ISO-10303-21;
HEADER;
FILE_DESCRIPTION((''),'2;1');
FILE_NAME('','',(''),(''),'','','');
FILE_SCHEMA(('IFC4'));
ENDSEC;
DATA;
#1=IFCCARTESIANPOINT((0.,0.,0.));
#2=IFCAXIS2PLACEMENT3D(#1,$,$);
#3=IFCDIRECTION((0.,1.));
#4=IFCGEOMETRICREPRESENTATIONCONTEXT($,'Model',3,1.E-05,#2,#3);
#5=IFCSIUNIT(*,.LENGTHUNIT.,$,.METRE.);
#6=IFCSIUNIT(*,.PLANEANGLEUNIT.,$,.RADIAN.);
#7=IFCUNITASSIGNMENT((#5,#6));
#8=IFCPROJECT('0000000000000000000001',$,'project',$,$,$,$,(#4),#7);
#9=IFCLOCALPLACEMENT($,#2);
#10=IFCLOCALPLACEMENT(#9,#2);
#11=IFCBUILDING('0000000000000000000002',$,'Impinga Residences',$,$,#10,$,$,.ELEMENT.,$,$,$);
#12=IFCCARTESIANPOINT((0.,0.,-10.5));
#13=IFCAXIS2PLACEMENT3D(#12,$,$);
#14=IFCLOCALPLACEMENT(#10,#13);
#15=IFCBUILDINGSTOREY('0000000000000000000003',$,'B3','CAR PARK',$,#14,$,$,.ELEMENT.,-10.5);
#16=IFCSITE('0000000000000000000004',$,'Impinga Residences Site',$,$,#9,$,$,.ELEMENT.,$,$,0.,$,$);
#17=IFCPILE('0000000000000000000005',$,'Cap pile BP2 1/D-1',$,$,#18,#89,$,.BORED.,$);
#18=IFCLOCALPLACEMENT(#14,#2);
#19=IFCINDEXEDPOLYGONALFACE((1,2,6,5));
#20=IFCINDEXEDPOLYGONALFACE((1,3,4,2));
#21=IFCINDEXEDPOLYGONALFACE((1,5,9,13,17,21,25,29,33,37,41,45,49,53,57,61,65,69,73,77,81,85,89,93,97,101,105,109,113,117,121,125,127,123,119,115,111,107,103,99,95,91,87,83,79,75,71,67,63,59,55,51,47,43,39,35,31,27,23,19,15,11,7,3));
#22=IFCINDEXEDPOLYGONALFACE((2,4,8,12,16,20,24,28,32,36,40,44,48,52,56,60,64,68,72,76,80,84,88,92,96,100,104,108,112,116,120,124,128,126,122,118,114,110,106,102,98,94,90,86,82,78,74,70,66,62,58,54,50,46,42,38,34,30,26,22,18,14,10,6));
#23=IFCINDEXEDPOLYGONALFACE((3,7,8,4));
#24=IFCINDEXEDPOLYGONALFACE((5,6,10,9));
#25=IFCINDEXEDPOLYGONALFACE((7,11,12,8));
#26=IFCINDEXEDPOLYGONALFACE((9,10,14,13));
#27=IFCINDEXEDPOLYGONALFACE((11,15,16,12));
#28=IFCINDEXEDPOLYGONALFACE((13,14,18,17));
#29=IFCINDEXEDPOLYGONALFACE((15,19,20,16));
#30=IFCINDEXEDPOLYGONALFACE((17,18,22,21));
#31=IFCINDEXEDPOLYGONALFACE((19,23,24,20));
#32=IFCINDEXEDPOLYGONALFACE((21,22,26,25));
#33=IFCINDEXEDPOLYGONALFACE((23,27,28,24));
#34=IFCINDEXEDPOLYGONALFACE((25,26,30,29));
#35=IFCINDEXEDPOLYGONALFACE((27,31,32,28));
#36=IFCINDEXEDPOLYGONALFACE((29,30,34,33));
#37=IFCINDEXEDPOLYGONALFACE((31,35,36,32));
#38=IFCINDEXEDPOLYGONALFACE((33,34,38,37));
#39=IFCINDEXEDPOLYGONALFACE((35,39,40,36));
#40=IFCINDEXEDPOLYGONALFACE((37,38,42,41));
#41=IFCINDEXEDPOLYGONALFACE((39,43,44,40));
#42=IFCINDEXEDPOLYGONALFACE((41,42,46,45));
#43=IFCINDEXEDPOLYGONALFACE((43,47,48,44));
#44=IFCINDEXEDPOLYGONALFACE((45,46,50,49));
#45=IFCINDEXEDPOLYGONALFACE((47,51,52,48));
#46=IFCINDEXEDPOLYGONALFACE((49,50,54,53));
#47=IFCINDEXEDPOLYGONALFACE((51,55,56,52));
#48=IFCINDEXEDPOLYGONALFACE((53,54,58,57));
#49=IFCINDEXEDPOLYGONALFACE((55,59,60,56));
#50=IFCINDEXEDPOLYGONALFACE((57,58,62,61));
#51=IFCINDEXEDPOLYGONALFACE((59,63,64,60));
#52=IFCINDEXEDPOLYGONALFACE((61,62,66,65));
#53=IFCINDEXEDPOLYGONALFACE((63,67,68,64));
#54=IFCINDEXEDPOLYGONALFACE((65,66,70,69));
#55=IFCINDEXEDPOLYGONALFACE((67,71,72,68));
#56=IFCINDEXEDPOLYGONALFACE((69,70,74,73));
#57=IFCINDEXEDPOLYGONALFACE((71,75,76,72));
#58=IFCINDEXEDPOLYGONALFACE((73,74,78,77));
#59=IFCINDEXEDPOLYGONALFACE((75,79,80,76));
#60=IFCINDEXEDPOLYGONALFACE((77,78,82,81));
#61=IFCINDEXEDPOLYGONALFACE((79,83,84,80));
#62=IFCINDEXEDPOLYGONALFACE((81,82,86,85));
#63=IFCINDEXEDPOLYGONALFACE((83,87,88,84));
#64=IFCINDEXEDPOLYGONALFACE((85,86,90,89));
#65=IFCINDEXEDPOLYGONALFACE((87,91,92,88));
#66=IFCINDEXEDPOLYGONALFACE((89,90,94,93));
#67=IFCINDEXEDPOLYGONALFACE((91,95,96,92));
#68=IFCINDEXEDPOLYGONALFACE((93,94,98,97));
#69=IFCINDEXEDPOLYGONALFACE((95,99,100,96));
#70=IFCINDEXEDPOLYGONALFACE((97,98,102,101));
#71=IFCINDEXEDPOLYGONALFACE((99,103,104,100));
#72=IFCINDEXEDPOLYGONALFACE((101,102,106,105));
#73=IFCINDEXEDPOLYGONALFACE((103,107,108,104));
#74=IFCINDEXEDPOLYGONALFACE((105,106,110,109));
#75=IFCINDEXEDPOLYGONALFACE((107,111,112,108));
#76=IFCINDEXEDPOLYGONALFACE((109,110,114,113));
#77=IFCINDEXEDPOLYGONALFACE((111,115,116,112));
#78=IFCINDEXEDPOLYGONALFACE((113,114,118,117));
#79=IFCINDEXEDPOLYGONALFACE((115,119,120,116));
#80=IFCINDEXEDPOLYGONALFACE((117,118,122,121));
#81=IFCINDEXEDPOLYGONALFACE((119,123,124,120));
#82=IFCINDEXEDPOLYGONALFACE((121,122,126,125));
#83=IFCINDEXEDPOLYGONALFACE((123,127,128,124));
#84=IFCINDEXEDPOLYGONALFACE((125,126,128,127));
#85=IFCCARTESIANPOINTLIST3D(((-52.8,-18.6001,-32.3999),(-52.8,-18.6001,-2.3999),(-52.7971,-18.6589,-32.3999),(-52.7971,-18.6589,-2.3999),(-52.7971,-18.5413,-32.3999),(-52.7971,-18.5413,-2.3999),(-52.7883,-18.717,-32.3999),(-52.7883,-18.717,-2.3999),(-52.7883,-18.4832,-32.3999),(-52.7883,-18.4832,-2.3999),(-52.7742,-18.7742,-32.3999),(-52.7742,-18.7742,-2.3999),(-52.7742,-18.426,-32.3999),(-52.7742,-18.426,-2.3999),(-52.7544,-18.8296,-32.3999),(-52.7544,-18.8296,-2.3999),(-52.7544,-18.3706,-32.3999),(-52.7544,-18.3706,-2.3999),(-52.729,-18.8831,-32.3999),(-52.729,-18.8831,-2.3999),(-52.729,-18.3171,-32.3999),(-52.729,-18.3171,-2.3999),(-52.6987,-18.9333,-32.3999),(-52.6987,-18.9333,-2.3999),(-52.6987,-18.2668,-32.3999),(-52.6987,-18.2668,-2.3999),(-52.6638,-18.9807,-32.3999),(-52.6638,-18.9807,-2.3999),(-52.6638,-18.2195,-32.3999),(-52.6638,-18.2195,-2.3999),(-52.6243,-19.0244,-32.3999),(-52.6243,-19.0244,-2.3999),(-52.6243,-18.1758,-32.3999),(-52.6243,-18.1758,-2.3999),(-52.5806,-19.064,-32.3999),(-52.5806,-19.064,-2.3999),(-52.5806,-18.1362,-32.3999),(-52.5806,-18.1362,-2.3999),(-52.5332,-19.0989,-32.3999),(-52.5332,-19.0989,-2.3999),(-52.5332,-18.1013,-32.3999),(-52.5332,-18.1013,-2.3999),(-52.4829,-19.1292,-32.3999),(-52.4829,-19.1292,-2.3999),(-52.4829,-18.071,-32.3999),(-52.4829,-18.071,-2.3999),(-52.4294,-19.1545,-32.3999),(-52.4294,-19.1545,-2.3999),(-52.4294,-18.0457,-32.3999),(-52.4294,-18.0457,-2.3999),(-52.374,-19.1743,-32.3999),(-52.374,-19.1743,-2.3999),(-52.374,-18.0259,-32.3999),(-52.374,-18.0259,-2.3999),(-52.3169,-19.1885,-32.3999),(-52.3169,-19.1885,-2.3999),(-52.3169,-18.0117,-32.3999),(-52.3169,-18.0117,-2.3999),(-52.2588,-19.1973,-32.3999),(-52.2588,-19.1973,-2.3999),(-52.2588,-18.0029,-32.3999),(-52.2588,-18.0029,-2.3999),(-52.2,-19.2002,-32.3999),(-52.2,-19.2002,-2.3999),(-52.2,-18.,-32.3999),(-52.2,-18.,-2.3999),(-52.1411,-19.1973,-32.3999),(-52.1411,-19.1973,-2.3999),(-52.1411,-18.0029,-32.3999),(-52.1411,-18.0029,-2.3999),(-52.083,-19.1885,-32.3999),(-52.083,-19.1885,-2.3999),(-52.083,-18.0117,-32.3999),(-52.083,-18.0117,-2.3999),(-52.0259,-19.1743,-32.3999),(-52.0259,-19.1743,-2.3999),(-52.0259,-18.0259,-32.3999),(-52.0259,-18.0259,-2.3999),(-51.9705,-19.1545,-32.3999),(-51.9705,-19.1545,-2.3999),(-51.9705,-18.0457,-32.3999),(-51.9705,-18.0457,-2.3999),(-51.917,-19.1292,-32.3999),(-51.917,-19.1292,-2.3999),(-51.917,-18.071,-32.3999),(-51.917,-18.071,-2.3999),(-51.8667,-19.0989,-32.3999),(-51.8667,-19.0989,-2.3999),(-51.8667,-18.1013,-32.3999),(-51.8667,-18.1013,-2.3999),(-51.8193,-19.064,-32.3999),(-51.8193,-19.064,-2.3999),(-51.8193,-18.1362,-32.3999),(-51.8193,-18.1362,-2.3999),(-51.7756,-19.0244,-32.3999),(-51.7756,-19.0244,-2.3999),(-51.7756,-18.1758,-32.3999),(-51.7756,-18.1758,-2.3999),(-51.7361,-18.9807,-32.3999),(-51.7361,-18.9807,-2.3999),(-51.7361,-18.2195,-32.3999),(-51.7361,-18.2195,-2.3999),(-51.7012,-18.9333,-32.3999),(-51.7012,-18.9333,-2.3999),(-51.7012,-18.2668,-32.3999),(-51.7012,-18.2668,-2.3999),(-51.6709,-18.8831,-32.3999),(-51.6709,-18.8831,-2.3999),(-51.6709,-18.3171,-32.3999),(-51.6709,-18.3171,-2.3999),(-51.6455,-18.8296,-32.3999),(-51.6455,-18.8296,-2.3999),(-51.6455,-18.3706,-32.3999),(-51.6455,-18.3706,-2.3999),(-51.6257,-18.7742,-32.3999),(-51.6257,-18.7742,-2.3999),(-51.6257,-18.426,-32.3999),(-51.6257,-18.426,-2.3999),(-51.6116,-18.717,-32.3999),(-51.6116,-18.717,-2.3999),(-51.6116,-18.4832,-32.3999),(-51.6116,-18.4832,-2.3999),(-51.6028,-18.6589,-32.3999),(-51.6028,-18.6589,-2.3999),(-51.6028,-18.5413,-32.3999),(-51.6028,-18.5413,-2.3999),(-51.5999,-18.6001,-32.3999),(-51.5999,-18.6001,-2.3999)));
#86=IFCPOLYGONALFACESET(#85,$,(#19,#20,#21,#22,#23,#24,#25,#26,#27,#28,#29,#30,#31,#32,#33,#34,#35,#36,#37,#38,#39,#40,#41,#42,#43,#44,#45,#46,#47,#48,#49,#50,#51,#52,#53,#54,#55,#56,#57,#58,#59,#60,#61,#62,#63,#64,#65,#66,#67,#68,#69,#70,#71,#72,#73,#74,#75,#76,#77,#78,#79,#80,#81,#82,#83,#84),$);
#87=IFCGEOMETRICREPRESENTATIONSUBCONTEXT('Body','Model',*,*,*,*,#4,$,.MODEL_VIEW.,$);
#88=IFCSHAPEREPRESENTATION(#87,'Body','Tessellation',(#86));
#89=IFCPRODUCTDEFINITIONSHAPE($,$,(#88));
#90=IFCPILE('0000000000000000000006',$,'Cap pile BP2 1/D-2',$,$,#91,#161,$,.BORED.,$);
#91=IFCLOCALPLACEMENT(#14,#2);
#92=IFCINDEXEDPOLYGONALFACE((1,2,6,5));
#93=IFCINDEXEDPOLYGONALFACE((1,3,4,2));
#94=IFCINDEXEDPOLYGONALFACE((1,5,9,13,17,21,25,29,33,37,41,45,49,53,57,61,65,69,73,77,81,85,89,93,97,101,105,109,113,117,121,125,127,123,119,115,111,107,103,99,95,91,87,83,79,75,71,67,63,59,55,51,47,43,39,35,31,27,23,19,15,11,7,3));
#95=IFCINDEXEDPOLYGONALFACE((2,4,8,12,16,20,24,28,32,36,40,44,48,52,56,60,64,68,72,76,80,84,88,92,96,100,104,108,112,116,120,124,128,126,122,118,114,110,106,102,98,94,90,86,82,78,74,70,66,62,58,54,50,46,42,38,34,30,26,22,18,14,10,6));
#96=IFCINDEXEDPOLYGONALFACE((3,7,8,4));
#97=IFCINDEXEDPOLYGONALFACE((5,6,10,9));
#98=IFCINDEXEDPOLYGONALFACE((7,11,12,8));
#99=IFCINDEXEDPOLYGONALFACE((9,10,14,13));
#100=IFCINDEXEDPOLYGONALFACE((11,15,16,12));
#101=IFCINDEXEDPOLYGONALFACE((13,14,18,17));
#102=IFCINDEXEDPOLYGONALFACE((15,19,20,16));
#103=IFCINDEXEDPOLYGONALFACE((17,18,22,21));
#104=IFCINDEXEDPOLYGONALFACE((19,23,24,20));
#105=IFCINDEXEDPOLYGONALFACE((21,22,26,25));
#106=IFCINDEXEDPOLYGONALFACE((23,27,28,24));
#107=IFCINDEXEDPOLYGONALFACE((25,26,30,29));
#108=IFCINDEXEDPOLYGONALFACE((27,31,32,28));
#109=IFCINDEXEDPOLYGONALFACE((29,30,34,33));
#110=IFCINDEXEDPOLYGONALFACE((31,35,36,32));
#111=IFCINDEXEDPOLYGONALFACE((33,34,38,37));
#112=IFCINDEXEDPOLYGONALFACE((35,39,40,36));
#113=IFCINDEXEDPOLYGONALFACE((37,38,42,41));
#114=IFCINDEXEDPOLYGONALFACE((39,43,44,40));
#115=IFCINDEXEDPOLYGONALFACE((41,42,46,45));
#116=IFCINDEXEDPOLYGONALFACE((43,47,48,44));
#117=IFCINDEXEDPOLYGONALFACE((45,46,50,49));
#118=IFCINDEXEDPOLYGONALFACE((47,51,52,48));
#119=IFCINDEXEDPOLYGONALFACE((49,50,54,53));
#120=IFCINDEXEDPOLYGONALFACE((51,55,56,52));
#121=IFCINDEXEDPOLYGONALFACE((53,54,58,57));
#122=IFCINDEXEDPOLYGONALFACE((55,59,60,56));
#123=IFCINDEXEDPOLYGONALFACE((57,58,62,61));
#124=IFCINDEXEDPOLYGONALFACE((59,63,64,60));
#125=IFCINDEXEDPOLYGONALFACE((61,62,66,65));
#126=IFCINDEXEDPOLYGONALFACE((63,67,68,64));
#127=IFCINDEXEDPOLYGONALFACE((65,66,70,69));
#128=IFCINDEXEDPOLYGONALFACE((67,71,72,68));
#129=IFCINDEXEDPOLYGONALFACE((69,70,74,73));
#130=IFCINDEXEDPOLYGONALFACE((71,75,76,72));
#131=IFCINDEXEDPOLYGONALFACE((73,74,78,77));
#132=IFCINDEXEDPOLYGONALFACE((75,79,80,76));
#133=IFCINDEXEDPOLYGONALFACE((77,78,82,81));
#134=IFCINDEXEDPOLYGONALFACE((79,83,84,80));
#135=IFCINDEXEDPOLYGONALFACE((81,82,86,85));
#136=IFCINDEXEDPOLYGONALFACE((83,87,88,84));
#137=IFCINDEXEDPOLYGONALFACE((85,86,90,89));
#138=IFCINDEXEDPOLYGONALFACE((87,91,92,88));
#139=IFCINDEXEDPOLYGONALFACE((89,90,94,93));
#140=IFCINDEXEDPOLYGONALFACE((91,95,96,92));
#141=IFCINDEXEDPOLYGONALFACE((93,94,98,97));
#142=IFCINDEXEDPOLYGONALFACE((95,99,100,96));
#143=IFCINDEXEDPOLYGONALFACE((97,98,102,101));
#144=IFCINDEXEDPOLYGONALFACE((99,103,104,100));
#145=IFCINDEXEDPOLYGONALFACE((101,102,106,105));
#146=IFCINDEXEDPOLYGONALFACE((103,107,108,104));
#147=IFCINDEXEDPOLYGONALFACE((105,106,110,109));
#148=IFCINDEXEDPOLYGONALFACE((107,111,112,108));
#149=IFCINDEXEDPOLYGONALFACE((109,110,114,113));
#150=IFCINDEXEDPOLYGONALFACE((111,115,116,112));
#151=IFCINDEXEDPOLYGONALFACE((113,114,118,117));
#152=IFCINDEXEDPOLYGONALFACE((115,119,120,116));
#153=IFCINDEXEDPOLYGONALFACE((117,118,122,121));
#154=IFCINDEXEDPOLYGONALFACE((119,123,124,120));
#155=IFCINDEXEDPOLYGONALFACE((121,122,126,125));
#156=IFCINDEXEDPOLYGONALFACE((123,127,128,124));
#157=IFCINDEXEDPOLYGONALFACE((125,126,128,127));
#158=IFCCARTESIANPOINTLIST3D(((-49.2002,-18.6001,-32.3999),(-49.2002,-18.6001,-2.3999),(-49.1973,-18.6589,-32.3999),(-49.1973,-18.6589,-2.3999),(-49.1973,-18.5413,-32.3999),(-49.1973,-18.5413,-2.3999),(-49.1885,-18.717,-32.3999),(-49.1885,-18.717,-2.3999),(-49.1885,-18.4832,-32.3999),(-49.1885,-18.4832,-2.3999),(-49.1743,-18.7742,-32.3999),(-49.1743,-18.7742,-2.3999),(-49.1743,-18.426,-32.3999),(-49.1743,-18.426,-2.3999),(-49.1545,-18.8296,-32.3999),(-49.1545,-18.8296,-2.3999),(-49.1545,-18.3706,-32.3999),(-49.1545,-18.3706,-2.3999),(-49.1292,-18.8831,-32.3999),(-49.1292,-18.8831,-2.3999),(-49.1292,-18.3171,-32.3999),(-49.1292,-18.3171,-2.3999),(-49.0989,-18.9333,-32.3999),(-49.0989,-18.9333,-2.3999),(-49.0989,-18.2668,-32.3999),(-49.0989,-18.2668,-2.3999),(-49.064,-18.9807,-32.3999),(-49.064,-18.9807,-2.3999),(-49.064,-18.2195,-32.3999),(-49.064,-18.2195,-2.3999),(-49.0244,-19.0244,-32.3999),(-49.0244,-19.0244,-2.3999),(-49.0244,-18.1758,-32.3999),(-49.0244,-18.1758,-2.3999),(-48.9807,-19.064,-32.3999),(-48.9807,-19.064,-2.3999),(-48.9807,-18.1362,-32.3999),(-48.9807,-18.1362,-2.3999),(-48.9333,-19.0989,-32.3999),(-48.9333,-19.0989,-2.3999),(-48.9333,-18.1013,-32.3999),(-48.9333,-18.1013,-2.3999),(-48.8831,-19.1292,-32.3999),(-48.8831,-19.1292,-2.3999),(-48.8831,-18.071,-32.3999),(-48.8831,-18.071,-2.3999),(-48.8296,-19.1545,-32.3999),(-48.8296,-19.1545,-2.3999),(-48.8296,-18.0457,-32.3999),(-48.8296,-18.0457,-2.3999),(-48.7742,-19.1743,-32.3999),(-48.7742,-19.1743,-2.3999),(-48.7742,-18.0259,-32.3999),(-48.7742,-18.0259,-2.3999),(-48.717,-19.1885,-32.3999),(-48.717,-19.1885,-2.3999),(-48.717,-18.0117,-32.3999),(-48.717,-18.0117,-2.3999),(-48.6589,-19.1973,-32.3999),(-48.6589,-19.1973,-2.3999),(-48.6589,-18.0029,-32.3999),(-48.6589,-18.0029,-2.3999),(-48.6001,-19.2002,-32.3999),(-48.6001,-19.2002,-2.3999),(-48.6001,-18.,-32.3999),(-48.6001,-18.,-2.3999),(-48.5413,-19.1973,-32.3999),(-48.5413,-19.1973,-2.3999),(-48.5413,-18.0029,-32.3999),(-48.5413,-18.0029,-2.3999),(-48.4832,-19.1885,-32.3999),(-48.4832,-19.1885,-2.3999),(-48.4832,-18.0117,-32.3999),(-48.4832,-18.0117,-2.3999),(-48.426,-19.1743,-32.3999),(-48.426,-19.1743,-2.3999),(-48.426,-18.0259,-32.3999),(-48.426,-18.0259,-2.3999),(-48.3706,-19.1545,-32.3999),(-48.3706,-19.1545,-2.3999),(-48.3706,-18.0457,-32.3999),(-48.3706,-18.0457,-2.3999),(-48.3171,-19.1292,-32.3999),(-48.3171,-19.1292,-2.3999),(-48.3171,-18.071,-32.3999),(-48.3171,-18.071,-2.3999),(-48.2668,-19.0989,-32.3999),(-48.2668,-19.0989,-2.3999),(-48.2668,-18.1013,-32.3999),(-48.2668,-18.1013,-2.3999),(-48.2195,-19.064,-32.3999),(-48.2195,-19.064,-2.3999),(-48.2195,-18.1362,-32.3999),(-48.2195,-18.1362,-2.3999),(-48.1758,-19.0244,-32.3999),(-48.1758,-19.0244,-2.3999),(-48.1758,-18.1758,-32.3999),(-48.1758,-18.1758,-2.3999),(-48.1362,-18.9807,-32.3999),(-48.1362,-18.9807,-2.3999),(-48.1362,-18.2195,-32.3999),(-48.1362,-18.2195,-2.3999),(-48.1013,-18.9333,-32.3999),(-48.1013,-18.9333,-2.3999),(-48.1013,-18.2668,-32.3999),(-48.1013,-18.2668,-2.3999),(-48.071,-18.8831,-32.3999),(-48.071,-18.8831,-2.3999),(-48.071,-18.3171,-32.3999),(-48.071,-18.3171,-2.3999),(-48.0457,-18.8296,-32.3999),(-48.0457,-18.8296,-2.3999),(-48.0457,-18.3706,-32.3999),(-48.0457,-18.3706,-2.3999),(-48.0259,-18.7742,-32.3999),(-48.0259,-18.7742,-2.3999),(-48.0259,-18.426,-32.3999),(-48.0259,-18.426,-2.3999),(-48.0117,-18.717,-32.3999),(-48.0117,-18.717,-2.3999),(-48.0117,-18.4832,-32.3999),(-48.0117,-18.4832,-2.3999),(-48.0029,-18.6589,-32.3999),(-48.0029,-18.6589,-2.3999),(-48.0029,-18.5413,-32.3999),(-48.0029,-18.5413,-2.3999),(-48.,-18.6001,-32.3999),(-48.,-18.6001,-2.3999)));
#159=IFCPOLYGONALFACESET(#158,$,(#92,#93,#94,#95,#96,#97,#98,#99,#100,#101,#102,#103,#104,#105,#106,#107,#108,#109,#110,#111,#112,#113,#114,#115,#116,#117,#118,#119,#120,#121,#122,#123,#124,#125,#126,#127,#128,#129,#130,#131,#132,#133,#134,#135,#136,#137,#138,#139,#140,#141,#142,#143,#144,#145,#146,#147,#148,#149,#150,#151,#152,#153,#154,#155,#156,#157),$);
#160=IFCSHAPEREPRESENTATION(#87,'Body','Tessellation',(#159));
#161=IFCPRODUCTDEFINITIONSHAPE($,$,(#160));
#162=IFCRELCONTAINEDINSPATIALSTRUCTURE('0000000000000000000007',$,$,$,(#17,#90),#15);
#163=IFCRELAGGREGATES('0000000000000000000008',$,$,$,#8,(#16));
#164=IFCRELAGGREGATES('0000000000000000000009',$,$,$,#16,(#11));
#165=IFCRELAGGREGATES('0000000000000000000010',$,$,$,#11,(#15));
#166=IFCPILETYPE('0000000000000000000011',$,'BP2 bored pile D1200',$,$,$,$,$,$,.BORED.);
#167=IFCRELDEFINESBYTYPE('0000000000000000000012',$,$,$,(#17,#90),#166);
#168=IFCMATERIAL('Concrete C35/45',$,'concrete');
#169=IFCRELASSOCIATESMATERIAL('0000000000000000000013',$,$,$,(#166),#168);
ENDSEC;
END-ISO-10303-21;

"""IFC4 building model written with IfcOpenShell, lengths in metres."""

from ifc_helpers import new_model, si_unit, direction, frame, origin, origin_2d, place, context, subcontext, project, spatial, polyline, circle, outline, extrude, material, material_profile, profile_set, type_object, element, save


model = new_model("IFC4")

# Units and contexts
model_context = context("Model", 3, precision=1e-05, world=origin(), true_north=direction((0.0, 1.0)))
body_context = subcontext(model_context, "Body", "Model", "MODEL_VIEW")
ifc_project = project(units=[si_unit("LENGTHUNIT", "METRE"), si_unit("PLANEANGLEUNIT", "RADIAN")], contexts=[model_context])

# Site, building, storey
site_placement = place(None, origin())
site = spatial("IfcSite", under=ifc_project, at=site_placement, Name="Impinga Residences Site", CompositionType="ELEMENT", RefElevation=0.0)
building_placement = place(site_placement, origin())
building = spatial("IfcBuilding", under=site, at=building_placement, Name="Impinga Residences", CompositionType="ELEMENT")
storey_placement = place(building_placement, frame((0.0, 0.0, -10.5)))
storey = spatial("IfcBuildingStorey", under=building, at=storey_placement, Name="B3", Description="CAR PARK", CompositionType="ELEMENT", Elevation=-10.5)

# Piles
ifc_material_1 = material(Name="Concrete C35/45", Category="concrete")
ifc_material_profile_1 = material_profile(ifc_material_1, circle(Radius=0.6001, at=origin_2d()), Name="D1200")
ifc_profile_set_1 = profile_set([ifc_material_profile_1], Name="Concrete C35/45")
pile_type_1 = type_object("IfcPileType", Name="BP2 bored pile D1200", PredefinedType="BORED", material=ifc_profile_set_1)
pile_1_placement = place(storey_placement, frame((-52.2, -18.6001, -2.3999), z_axis=(0.0, 0.0, -1.0), x_axis=(1.0, 0.0, 0.0)))
element("IfcPile", 1, at=pile_1_placement, inside=storey, type_object=pile_type_1, Name="Cap pile BP2 1/D-1", PredefinedType="BORED", context=body_context, shape_type="SweptSolid", body=[
    extrude(outline(polyline([(0.6001, 0.0), (0.5972, 0.0588), (0.5884, 0.1169), (0.5742, 0.1741), (0.5544, 0.2295), (0.5291, 0.283), (0.4988, 0.3333), (0.4639, 0.3806), (0.4243, 0.4243), (0.3806, 0.4639), (0.3333, 0.4988), (0.283, 0.5291), (0.2295, 0.5544), (0.1741, 0.5742), (0.1169, 0.5884), (0.0588, 0.5972), (0.0, 0.6001), (-0.0588, 0.5972), (-0.1169, 0.5884), (-0.1741, 0.5742), (-0.2295, 0.5544), (-0.283, 0.5291), (-0.3333, 0.4988), (-0.3806, 0.4639), (-0.4243, 0.4243), (-0.4639, 0.3806), (-0.4988, 0.3333), (-0.5291, 0.283), (-0.5544, 0.2295), (-0.5742, 0.1741), (-0.5884, 0.1169), (-0.5972, 0.0588), (-0.6001, 0.0), (-0.5972, -0.0588), (-0.5884, -0.1169), (-0.5742, -0.1741), (-0.5544, -0.2295), (-0.5291, -0.283), (-0.4988, -0.3333), (-0.4639, -0.3806), (-0.4243, -0.4243), (-0.3806, -0.4639), (-0.3333, -0.4988), (-0.283, -0.5291), (-0.2295, -0.5544), (-0.1741, -0.5742), (-0.1169, -0.5884), (-0.0588, -0.5972), (0.0, -0.6001), (0.0588, -0.5972), (0.1169, -0.5884), (0.1741, -0.5742), (0.2295, -0.5544), (0.283, -0.5291), (0.3333, -0.4988), (0.3806, -0.4639), (0.4243, -0.4243), (0.4639, -0.3806), (0.4988, -0.3333), (0.5291, -0.283), (0.5544, -0.2295), (0.5742, -0.1741), (0.5884, -0.1169), (0.5972, -0.0588), (0.6001, 0.0)])), origin(), (0.0, 0.0, 1.0), 30.0),
])
pile_2_placement = place(storey_placement, frame((-48.6001, -18.6001, -2.3999), z_axis=(0.0, 0.0, -1.0), x_axis=(1.0, 0.0, 0.0)))
element("IfcPile", 2, at=pile_2_placement, inside=storey, type_object=pile_type_1, Name="Cap pile BP2 1/D-2", PredefinedType="BORED", context=body_context, shape_type="SweptSolid", body=[
    extrude(outline(polyline([(0.6001, 0.0), (0.5972, 0.0588), (0.5884, 0.1169), (0.5742, 0.1741), (0.5544, 0.2295), (0.5291, 0.283), (0.4988, 0.3333), (0.4639, 0.3806), (0.4243, 0.4243), (0.3806, 0.4639), (0.3333, 0.4988), (0.283, 0.5291), (0.2295, 0.5544), (0.1741, 0.5742), (0.1169, 0.5884), (0.0588, 0.5972), (0.0, 0.6001), (-0.0588, 0.5972), (-0.1169, 0.5884), (-0.1741, 0.5742), (-0.2295, 0.5544), (-0.283, 0.5291), (-0.3333, 0.4988), (-0.3806, 0.4639), (-0.4243, 0.4243), (-0.4639, 0.3806), (-0.4988, 0.3333), (-0.5291, 0.283), (-0.5544, 0.2295), (-0.5742, 0.1741), (-0.5884, 0.1169), (-0.5972, 0.0588), (-0.6001, 0.0), (-0.5972, -0.0588), (-0.5884, -0.1169), (-0.5742, -0.1741), (-0.5544, -0.2295), (-0.5291, -0.283), (-0.4988, -0.3333), (-0.4639, -0.3806), (-0.4243, -0.4243), (-0.3806, -0.4639), (-0.3333, -0.4988), (-0.283, -0.5291), (-0.2295, -0.5544), (-0.1741, -0.5742), (-0.1169, -0.5884), (-0.0588, -0.5972), (0.0, -0.6001), (0.0588, -0.5972), (0.1169, -0.5884), (0.1741, -0.5742), (0.2295, -0.5544), (0.283, -0.5291), (0.3333, -0.4988), (0.3806, -0.4639), (0.4243, -0.4243), (0.4639, -0.3806), (0.4988, -0.3333), (0.5291, -0.283), (0.5544, -0.2295), (0.5742, -0.1741), (0.5884, -0.1169), (0.5972, -0.0588), (0.6001, 0.0)])), origin(), (0.0, 0.0, 1.0), 30.0),
])

save(model, "model.ifc")
